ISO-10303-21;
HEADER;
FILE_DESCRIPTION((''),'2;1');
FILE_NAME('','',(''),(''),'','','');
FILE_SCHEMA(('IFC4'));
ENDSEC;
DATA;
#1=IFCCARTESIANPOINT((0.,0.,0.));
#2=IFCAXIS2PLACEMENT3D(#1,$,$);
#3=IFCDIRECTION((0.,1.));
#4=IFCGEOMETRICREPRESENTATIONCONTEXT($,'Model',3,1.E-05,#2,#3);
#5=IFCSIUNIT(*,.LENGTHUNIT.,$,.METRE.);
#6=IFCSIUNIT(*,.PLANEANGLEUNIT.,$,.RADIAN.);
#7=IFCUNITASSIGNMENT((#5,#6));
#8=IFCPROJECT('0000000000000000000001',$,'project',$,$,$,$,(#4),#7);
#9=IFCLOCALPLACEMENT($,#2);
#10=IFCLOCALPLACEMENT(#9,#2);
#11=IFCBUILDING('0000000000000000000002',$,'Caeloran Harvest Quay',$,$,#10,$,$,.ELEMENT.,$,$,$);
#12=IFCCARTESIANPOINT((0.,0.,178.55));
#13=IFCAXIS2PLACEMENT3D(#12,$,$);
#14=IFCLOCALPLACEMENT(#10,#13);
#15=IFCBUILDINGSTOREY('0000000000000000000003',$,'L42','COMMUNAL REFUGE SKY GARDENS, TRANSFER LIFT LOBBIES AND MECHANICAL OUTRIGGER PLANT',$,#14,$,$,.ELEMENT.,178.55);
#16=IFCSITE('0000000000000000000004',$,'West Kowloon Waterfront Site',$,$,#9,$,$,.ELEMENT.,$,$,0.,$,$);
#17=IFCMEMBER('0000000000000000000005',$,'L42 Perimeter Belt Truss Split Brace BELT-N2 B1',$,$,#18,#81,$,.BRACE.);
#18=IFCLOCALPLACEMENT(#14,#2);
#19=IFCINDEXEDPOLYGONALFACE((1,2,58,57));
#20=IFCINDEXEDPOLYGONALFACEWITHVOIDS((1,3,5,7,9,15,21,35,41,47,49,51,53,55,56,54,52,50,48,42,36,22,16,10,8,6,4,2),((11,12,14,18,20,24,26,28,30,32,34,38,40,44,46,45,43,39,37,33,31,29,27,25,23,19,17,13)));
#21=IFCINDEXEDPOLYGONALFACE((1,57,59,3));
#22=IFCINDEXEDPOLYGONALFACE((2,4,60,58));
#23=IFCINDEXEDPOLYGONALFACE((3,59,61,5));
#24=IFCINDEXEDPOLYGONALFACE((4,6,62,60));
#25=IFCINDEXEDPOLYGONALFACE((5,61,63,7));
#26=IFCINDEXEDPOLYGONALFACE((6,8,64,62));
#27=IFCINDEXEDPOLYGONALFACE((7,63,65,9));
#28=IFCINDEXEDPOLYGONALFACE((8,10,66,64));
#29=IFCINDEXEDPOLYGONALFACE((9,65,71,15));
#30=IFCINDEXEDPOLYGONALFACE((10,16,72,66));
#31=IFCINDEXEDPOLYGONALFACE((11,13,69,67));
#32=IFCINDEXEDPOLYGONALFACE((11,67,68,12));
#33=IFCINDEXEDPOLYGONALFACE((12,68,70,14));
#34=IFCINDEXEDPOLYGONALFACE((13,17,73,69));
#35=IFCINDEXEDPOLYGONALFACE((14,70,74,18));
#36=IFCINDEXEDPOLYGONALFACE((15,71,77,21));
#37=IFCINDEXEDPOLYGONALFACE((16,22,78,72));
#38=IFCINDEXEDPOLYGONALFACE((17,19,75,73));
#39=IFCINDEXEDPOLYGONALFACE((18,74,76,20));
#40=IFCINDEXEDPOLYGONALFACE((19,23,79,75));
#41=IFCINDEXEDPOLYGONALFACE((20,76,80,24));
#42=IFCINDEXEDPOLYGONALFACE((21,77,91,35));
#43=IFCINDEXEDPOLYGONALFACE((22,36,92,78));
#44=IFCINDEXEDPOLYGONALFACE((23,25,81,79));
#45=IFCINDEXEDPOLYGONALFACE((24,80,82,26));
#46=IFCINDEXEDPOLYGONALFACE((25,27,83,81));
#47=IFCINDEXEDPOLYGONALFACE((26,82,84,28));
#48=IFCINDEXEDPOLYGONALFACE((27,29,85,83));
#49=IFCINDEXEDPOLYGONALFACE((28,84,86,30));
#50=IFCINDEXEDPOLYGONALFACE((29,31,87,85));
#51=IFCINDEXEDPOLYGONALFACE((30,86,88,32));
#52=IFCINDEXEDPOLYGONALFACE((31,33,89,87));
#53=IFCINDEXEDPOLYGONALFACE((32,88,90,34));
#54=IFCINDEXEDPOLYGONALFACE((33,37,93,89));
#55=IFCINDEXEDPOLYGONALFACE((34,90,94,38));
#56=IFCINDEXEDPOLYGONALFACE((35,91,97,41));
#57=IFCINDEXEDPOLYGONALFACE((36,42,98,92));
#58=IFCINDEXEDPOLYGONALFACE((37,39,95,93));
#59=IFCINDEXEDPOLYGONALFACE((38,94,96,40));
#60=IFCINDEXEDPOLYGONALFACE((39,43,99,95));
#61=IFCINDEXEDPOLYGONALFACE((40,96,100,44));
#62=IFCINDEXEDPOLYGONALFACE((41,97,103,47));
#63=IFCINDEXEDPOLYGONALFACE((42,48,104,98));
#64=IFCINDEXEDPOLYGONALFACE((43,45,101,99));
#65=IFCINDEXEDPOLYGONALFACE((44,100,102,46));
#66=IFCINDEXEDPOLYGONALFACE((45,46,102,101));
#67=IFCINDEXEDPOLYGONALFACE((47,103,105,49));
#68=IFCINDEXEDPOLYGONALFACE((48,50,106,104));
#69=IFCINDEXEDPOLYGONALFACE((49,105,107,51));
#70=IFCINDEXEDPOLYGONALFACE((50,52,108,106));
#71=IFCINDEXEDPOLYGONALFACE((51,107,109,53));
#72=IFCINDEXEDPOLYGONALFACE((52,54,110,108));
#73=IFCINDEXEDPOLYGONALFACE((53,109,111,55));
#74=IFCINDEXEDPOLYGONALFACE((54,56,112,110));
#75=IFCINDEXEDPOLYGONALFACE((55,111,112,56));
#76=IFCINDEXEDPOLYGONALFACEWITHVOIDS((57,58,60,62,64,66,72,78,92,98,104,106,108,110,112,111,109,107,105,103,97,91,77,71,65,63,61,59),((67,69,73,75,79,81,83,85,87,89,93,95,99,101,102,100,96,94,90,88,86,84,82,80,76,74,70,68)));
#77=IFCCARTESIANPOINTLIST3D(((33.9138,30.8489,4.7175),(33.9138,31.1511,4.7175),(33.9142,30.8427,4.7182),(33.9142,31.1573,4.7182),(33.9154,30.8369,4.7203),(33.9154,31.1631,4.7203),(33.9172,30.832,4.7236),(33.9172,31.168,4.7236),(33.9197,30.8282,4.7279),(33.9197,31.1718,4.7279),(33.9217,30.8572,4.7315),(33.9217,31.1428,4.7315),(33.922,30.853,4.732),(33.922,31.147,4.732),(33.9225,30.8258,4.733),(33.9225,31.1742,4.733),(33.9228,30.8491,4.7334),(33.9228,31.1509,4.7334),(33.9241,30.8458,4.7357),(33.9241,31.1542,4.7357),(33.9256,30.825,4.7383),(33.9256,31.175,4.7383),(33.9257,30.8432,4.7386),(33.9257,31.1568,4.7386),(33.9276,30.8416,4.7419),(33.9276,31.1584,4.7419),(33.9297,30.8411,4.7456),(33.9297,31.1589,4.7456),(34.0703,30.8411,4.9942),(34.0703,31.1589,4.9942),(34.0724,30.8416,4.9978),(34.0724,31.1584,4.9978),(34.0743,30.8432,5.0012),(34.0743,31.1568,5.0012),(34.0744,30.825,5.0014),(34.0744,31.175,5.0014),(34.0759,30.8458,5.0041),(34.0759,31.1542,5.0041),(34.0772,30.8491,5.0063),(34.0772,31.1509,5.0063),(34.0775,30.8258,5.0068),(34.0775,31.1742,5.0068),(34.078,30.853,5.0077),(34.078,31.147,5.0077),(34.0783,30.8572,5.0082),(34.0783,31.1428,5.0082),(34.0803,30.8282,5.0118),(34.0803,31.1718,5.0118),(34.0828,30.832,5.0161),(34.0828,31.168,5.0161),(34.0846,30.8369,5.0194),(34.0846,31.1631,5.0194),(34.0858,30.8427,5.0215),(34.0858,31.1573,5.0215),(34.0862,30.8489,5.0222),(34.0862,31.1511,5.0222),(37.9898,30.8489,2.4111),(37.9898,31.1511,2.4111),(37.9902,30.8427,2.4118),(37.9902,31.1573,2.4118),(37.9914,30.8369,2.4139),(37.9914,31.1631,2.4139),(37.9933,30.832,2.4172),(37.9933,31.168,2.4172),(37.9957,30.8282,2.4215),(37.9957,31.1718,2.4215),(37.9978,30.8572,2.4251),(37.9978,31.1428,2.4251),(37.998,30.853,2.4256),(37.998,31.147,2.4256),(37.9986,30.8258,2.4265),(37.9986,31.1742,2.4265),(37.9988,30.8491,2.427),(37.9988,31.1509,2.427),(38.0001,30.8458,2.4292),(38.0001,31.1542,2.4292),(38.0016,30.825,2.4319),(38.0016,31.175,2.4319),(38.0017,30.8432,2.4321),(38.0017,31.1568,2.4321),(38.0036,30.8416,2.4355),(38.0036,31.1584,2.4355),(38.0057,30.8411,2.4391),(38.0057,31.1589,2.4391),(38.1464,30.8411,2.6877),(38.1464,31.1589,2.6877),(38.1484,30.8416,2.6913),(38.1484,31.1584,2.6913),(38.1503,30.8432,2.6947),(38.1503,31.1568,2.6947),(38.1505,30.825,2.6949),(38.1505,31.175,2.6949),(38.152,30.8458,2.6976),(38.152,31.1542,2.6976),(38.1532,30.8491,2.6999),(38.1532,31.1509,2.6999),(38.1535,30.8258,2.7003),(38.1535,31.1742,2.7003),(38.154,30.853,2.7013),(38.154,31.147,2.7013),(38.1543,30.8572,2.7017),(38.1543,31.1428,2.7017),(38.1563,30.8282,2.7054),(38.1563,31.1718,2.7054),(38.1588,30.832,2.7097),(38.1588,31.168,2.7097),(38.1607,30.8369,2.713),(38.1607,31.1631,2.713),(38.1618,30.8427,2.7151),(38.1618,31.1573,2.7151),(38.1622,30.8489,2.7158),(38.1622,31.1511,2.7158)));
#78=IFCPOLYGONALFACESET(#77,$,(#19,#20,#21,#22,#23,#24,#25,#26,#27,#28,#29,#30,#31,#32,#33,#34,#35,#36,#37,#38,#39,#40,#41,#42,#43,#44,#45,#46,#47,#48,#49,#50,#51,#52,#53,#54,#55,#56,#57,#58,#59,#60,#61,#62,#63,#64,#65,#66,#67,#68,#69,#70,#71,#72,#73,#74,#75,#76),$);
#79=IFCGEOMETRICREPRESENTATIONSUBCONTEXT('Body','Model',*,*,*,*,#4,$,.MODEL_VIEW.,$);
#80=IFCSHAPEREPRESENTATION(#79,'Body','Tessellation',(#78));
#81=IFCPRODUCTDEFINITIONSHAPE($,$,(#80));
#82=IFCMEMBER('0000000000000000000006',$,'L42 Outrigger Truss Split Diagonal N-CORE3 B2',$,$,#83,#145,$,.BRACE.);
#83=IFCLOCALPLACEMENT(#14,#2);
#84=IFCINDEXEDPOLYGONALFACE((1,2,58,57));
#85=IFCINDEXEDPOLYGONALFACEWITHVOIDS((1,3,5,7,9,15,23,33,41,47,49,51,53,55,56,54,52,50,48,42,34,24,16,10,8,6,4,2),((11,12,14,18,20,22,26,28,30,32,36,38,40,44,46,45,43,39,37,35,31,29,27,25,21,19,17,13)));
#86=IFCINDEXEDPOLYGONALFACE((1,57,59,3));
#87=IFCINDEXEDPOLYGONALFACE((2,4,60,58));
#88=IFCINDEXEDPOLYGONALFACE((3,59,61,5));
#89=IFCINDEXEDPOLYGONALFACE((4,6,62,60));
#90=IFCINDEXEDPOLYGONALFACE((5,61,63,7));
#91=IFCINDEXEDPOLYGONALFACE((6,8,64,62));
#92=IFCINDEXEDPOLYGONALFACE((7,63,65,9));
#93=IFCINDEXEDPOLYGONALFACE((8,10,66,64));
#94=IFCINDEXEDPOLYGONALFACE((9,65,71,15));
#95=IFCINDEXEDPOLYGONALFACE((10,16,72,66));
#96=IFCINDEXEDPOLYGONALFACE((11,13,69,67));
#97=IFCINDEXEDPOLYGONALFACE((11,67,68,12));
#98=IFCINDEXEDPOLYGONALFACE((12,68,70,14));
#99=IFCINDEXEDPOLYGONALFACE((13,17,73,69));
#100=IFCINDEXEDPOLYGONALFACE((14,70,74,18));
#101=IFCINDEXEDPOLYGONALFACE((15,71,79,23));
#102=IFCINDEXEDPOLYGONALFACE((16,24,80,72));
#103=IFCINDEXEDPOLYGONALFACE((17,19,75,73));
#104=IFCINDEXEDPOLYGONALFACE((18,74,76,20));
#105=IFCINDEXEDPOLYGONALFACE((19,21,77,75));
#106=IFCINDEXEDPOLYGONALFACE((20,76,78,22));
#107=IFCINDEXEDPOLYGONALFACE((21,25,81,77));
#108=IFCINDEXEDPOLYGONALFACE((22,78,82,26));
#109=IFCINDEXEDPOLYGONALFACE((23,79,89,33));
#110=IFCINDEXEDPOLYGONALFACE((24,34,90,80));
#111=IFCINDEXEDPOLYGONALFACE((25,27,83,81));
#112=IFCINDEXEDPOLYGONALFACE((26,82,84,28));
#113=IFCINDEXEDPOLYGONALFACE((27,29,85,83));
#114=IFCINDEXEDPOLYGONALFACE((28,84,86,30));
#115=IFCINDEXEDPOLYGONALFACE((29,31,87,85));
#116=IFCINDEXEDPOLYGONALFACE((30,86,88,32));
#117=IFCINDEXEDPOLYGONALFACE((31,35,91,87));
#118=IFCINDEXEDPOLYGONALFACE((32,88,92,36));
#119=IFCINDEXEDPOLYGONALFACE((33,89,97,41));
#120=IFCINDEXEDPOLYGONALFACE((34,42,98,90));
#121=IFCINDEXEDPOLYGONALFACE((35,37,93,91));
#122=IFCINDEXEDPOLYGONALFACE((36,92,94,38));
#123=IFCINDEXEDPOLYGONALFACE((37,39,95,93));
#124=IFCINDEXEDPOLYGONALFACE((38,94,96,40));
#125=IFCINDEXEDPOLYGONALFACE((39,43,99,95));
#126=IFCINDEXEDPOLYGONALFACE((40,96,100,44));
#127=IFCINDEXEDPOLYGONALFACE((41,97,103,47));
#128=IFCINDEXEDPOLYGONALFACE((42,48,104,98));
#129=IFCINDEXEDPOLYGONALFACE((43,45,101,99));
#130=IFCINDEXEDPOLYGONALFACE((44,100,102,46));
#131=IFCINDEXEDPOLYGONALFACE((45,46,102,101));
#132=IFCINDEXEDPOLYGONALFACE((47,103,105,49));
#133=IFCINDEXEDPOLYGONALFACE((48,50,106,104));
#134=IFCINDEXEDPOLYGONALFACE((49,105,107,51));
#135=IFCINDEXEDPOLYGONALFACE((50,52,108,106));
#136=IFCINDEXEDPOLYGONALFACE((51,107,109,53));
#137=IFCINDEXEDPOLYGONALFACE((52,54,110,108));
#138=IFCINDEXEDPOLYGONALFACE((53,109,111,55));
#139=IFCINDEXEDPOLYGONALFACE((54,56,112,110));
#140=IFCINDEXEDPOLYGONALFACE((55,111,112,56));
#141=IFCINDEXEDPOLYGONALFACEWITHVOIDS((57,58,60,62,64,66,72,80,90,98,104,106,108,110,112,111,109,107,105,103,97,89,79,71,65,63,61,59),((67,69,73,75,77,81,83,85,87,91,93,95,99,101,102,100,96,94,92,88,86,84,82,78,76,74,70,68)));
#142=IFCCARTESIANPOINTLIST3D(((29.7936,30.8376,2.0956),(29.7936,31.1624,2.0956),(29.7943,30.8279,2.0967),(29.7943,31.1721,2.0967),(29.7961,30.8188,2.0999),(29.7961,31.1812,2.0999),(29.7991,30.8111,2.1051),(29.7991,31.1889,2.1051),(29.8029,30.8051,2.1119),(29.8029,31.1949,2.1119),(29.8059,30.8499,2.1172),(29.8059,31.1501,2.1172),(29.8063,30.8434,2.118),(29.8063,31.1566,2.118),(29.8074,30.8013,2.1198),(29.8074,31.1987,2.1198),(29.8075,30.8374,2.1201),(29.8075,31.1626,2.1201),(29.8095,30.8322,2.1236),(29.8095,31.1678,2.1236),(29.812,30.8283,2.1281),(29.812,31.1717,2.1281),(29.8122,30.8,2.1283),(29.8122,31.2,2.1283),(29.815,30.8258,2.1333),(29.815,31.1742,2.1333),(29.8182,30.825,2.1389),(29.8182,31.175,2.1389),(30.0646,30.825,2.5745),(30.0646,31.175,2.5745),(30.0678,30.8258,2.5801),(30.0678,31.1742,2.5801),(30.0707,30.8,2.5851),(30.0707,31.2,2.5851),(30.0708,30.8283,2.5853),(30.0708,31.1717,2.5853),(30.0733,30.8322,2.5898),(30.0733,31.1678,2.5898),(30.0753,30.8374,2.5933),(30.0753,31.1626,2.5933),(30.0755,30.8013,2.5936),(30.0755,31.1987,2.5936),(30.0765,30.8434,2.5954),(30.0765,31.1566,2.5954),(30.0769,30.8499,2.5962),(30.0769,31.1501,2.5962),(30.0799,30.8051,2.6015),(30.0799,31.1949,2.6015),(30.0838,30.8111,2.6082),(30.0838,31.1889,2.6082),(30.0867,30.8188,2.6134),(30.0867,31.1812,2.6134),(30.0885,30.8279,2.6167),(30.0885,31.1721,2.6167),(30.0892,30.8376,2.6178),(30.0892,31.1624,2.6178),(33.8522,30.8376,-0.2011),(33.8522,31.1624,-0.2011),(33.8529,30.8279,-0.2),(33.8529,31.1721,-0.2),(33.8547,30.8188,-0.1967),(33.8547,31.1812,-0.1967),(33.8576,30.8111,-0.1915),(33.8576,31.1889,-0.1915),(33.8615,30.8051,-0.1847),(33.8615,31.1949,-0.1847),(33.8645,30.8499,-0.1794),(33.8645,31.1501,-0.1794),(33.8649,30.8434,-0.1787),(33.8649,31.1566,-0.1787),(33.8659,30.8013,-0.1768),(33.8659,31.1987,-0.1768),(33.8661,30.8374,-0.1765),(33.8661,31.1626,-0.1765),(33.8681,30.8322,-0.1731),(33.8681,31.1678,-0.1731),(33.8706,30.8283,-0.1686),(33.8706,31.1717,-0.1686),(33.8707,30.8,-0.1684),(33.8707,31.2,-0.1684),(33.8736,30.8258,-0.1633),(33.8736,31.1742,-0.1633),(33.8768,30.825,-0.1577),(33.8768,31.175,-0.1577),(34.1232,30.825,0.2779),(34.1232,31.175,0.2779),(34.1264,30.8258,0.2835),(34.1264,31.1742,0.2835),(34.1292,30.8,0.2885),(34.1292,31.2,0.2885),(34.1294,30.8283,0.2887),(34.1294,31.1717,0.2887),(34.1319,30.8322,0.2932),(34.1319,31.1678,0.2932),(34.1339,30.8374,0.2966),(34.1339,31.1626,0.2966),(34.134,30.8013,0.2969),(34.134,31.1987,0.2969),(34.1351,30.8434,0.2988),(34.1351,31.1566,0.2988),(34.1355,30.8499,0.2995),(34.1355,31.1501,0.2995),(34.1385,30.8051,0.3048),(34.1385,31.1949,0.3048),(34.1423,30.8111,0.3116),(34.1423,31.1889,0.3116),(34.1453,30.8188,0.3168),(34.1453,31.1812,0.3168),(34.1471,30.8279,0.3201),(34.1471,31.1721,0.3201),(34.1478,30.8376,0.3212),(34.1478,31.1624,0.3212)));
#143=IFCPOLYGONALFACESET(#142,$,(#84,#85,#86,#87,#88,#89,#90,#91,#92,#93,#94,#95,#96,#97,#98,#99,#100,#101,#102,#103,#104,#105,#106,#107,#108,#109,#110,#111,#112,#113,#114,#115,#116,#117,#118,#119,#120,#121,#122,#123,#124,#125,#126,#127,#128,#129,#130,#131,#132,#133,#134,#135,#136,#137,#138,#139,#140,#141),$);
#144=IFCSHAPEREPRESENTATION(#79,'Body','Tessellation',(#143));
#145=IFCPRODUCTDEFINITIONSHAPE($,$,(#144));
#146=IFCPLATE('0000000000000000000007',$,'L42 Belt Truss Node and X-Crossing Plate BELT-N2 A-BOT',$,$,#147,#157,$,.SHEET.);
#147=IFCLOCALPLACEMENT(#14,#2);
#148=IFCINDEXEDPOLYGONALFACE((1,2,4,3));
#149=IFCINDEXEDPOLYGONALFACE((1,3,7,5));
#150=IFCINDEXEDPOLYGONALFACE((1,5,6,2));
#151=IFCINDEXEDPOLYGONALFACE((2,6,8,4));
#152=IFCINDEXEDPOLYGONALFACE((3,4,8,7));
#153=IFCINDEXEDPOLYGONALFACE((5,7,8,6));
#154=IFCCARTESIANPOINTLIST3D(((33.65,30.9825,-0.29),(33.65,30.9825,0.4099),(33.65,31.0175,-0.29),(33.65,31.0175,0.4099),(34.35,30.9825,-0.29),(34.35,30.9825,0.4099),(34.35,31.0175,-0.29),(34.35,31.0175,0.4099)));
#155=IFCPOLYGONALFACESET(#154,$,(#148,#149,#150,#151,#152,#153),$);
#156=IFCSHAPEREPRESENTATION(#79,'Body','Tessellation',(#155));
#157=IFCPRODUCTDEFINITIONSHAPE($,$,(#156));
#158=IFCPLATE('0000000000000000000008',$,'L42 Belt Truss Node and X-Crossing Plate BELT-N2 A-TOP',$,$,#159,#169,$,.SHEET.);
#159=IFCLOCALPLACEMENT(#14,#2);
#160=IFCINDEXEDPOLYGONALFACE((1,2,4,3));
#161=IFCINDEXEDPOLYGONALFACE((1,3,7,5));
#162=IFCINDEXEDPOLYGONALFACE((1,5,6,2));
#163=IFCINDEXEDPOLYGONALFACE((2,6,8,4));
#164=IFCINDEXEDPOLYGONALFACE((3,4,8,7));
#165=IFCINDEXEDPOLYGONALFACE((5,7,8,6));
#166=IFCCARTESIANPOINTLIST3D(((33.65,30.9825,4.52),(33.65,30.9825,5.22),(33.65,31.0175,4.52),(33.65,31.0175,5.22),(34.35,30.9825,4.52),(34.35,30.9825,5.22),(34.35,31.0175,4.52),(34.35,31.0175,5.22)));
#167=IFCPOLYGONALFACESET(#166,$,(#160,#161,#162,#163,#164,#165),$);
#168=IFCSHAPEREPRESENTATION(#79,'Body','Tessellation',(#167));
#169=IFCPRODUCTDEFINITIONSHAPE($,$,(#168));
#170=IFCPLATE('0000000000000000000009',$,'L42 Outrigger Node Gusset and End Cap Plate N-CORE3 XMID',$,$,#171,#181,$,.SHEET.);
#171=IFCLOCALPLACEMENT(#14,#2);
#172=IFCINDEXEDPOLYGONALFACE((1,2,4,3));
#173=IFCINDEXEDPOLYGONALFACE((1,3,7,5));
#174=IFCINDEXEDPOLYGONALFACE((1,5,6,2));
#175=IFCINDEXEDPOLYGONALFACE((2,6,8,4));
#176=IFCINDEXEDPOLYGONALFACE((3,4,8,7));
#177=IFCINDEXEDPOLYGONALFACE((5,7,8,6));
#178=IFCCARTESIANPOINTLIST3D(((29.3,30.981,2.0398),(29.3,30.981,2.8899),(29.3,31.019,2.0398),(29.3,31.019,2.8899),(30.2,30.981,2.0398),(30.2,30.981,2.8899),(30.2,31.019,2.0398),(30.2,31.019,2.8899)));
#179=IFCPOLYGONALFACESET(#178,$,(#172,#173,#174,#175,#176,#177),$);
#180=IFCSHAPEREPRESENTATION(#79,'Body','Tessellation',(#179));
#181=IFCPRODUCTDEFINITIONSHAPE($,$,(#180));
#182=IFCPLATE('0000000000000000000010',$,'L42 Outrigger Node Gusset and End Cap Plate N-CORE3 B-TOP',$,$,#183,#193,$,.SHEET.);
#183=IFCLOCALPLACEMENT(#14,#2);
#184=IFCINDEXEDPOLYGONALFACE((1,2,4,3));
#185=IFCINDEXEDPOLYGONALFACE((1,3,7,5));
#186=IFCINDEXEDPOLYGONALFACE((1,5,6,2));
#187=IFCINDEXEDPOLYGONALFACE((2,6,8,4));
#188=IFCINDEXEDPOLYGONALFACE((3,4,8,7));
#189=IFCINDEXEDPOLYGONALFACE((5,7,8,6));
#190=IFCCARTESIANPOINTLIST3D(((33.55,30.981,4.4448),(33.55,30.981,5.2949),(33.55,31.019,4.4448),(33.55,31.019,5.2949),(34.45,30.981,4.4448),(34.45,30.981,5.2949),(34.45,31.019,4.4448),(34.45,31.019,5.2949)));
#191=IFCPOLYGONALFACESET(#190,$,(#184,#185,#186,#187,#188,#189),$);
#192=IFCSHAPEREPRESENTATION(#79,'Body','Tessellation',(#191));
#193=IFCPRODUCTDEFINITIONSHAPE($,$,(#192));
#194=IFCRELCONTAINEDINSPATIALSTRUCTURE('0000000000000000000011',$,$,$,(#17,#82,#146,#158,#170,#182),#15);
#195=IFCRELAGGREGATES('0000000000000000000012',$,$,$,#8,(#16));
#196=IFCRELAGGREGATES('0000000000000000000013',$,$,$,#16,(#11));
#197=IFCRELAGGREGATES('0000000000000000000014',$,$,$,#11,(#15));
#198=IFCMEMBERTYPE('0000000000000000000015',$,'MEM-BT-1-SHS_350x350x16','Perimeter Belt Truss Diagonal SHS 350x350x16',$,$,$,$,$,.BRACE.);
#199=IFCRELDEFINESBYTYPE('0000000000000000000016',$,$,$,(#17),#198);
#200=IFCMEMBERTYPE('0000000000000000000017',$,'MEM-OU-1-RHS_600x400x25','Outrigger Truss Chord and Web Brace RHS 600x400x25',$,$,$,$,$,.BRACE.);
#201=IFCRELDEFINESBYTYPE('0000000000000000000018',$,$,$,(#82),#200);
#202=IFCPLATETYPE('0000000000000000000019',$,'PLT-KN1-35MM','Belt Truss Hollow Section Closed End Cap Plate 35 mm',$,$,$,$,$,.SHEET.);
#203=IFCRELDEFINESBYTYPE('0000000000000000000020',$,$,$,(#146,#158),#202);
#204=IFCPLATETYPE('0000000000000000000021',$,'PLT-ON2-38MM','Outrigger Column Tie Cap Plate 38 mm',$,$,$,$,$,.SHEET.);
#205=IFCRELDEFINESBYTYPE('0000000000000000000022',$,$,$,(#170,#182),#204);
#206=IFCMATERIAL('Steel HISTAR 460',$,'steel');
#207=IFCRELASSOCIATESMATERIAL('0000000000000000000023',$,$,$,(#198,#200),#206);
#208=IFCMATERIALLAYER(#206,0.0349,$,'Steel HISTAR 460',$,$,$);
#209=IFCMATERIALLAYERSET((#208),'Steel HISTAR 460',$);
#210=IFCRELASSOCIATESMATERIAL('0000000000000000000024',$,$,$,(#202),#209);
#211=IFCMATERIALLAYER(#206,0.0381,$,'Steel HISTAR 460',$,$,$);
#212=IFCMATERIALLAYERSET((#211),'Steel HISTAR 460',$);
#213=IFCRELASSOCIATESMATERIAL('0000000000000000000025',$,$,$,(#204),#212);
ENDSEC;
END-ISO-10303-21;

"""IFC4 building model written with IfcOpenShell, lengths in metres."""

from ifc_helpers import new_model, si_unit, direction, frame, origin, origin_2d, place, context, subcontext, project, spatial, rectangle, hollow_rectangle, extrude, material, layer, layer_set, material_profile, profile_set, type_object, element, save


model = new_model("IFC4")

# Units and contexts
model_context = context("Model", 3, precision=1e-05, world=origin(), true_north=direction((0.0, 1.0)))
body_context = subcontext(model_context, "Body", "Model", "MODEL_VIEW")
ifc_project = project(units=[si_unit("LENGTHUNIT", "METRE"), si_unit("PLANEANGLEUNIT", "RADIAN")], contexts=[model_context])

# Site, building, storey
site_placement = place(None, origin())
site = spatial("IfcSite", under=ifc_project, at=site_placement, Name="West Kowloon Waterfront Site", CompositionType="ELEMENT", RefElevation=0.0)
building_placement = place(site_placement, origin())
building = spatial("IfcBuilding", under=site, at=building_placement, Name="Caeloran Harvest Quay", CompositionType="ELEMENT")
storey_placement = place(building_placement, frame((0.0, 0.0, 178.55)))
storey = spatial("IfcBuildingStorey", under=building, at=storey_placement, Name="L42", Description="COMMUNAL REFUGE SKY GARDENS, TRANSFER LIFT LOBBIES AND MECHANICAL OUTRIGGER PLANT", CompositionType="ELEMENT", Elevation=178.55)

# Members
ifc_material_1 = material(Name="Steel HISTAR 460", Category="steel")
ifc_material_profile_1 = material_profile(ifc_material_1, hollow_rectangle(XDim=0.3501, YDim=0.3501, WallThickness=0.0161, InnerFilletRadius=0.0161, OuterFilletRadius=0.0239, at=origin_2d()), Name="SHS 350x350x16")
ifc_profile_set_1 = profile_set([ifc_material_profile_1], Name="Steel HISTAR 460")
member_type_1 = type_object("IfcMemberType", Name="MEM-BT-1-SHS_350x350x16", Description="Perimeter Belt Truss Diagonal SHS 350x350x16", PredefinedType="BRACE", material=ifc_profile_set_1)
member_1_placement = place(storey_placement, frame((34.0, 31.0, 4.8699), z_axis=(0.870324, 0.0, -0.49248), x_axis=(0.0, 1.0, 0.0)))
element("IfcMember", 1, at=member_1_placement, inside=storey, type_object=member_type_1, Name="L42 Perimeter Belt Truss Split Brace BELT-N2 B1", PredefinedType="BRACE", context=body_context, shape_type="SweptSolid", body=[
    extrude(hollow_rectangle(XDim=0.3501, YDim=0.3501, WallThickness=0.0161, InnerFilletRadius=0.0161, OuterFilletRadius=0.0239, at=origin_2d()), origin(), (0.0, 0.0, 1.0), 4.6833),
])
ifc_material_profile_2 = material_profile(ifc_material_1, hollow_rectangle(XDim=0.3999, YDim=0.6001, WallThickness=0.0249, InnerFilletRadius=0.0249, OuterFilletRadius=0.0376, at=origin_2d()), Name="RHS 600x400x25")
ifc_profile_set_2 = profile_set([ifc_material_profile_2], Name="Steel HISTAR 460")
member_type_2 = type_object("IfcMemberType", Name="MEM-OU-1-RHS_600x400x25", Description="Outrigger Truss Chord and Web Brace RHS 600x400x25", PredefinedType="BRACE", material=ifc_profile_set_2)
member_2_placement = place(storey_placement, frame((29.9414, 31.0, 2.3567), z_axis=(0.87032, 0.0, -0.492487), x_axis=(0.0, 1.0, 0.0)))
element("IfcMember", 2, at=member_2_placement, inside=storey, type_object=member_type_2, Name="L42 Outrigger Truss Split Diagonal N-CORE3 B2", PredefinedType="BRACE", context=body_context, shape_type="SweptSolid", body=[
    extrude(hollow_rectangle(XDim=0.3999, YDim=0.6001, WallThickness=0.0249, InnerFilletRadius=0.0249, OuterFilletRadius=0.0376, at=origin_2d()), origin(), (0.0, 0.0, 1.0), 4.6633),
])

# Plates
ifc_layer_1 = layer(ifc_material_1, 0.0349, Name="Steel HISTAR 460")
ifc_layer_set_1 = layer_set([ifc_layer_1], Name="Steel HISTAR 460")
plate_type_1 = type_object("IfcPlateType", Name="PLT-KN1-35MM", Description="Belt Truss Hollow Section Closed End Cap Plate 35 mm", PredefinedType="SHEET", material=ifc_layer_set_1)
for number, where, z_axis, x_axis, name in (
    (3, (34.0, 31.0, -0.29), (0.0, 0.0, 1.0), (1.0, 0.0, 0.0), "L42 Belt Truss Node and X-Crossing Plate BELT-N2 A-BOT"),
    (4, (34.0, 31.0, 4.52), (0.0, 0.0, 1.0), (1.0, 0.0, 0.0), "L42 Belt Truss Node and X-Crossing Plate BELT-N2 A-TOP"),
):
    element("IfcPlate", number, at=place(storey_placement, frame(where, z_axis=z_axis, x_axis=x_axis)), inside=storey, type_object=plate_type_1, Name=name, PredefinedType="SHEET", context=body_context, shape_type="SweptSolid", body=[
        extrude(rectangle(XDim=0.7, YDim=0.0349, at=origin_2d()), origin(), (0.0, 0.0, 1.0), 0.7),
    ])
ifc_layer_2 = layer(ifc_material_1, 0.0381, Name="Steel HISTAR 460")
ifc_layer_set_2 = layer_set([ifc_layer_2], Name="Steel HISTAR 460")
plate_type_2 = type_object("IfcPlateType", Name="PLT-ON2-38MM", Description="Outrigger Column Tie Cap Plate 38 mm", PredefinedType="SHEET", material=ifc_layer_set_2)
for number, where, z_axis, x_axis, name in (
    (5, (29.75, 31.0, 2.0398), (0.0, 0.0, 1.0), (1.0, 0.0, 0.0), "L42 Outrigger Node Gusset and End Cap Plate N-CORE3 XMID"),
    (6, (34.0, 31.0, 4.4448), (0.0, 0.0, 1.0), (1.0, 0.0, 0.0), "L42 Outrigger Node Gusset and End Cap Plate N-CORE3 B-TOP"),
):
    element("IfcPlate", number, at=place(storey_placement, frame(where, z_axis=z_axis, x_axis=x_axis)), inside=storey, type_object=plate_type_2, Name=name, PredefinedType="SHEET", context=body_context, shape_type="SweptSolid", body=[
        extrude(rectangle(XDim=0.8999, YDim=0.0381, at=origin_2d()), origin(), (0.0, 0.0, 1.0), 0.8501),
    ])

save(model, "model.ifc")
